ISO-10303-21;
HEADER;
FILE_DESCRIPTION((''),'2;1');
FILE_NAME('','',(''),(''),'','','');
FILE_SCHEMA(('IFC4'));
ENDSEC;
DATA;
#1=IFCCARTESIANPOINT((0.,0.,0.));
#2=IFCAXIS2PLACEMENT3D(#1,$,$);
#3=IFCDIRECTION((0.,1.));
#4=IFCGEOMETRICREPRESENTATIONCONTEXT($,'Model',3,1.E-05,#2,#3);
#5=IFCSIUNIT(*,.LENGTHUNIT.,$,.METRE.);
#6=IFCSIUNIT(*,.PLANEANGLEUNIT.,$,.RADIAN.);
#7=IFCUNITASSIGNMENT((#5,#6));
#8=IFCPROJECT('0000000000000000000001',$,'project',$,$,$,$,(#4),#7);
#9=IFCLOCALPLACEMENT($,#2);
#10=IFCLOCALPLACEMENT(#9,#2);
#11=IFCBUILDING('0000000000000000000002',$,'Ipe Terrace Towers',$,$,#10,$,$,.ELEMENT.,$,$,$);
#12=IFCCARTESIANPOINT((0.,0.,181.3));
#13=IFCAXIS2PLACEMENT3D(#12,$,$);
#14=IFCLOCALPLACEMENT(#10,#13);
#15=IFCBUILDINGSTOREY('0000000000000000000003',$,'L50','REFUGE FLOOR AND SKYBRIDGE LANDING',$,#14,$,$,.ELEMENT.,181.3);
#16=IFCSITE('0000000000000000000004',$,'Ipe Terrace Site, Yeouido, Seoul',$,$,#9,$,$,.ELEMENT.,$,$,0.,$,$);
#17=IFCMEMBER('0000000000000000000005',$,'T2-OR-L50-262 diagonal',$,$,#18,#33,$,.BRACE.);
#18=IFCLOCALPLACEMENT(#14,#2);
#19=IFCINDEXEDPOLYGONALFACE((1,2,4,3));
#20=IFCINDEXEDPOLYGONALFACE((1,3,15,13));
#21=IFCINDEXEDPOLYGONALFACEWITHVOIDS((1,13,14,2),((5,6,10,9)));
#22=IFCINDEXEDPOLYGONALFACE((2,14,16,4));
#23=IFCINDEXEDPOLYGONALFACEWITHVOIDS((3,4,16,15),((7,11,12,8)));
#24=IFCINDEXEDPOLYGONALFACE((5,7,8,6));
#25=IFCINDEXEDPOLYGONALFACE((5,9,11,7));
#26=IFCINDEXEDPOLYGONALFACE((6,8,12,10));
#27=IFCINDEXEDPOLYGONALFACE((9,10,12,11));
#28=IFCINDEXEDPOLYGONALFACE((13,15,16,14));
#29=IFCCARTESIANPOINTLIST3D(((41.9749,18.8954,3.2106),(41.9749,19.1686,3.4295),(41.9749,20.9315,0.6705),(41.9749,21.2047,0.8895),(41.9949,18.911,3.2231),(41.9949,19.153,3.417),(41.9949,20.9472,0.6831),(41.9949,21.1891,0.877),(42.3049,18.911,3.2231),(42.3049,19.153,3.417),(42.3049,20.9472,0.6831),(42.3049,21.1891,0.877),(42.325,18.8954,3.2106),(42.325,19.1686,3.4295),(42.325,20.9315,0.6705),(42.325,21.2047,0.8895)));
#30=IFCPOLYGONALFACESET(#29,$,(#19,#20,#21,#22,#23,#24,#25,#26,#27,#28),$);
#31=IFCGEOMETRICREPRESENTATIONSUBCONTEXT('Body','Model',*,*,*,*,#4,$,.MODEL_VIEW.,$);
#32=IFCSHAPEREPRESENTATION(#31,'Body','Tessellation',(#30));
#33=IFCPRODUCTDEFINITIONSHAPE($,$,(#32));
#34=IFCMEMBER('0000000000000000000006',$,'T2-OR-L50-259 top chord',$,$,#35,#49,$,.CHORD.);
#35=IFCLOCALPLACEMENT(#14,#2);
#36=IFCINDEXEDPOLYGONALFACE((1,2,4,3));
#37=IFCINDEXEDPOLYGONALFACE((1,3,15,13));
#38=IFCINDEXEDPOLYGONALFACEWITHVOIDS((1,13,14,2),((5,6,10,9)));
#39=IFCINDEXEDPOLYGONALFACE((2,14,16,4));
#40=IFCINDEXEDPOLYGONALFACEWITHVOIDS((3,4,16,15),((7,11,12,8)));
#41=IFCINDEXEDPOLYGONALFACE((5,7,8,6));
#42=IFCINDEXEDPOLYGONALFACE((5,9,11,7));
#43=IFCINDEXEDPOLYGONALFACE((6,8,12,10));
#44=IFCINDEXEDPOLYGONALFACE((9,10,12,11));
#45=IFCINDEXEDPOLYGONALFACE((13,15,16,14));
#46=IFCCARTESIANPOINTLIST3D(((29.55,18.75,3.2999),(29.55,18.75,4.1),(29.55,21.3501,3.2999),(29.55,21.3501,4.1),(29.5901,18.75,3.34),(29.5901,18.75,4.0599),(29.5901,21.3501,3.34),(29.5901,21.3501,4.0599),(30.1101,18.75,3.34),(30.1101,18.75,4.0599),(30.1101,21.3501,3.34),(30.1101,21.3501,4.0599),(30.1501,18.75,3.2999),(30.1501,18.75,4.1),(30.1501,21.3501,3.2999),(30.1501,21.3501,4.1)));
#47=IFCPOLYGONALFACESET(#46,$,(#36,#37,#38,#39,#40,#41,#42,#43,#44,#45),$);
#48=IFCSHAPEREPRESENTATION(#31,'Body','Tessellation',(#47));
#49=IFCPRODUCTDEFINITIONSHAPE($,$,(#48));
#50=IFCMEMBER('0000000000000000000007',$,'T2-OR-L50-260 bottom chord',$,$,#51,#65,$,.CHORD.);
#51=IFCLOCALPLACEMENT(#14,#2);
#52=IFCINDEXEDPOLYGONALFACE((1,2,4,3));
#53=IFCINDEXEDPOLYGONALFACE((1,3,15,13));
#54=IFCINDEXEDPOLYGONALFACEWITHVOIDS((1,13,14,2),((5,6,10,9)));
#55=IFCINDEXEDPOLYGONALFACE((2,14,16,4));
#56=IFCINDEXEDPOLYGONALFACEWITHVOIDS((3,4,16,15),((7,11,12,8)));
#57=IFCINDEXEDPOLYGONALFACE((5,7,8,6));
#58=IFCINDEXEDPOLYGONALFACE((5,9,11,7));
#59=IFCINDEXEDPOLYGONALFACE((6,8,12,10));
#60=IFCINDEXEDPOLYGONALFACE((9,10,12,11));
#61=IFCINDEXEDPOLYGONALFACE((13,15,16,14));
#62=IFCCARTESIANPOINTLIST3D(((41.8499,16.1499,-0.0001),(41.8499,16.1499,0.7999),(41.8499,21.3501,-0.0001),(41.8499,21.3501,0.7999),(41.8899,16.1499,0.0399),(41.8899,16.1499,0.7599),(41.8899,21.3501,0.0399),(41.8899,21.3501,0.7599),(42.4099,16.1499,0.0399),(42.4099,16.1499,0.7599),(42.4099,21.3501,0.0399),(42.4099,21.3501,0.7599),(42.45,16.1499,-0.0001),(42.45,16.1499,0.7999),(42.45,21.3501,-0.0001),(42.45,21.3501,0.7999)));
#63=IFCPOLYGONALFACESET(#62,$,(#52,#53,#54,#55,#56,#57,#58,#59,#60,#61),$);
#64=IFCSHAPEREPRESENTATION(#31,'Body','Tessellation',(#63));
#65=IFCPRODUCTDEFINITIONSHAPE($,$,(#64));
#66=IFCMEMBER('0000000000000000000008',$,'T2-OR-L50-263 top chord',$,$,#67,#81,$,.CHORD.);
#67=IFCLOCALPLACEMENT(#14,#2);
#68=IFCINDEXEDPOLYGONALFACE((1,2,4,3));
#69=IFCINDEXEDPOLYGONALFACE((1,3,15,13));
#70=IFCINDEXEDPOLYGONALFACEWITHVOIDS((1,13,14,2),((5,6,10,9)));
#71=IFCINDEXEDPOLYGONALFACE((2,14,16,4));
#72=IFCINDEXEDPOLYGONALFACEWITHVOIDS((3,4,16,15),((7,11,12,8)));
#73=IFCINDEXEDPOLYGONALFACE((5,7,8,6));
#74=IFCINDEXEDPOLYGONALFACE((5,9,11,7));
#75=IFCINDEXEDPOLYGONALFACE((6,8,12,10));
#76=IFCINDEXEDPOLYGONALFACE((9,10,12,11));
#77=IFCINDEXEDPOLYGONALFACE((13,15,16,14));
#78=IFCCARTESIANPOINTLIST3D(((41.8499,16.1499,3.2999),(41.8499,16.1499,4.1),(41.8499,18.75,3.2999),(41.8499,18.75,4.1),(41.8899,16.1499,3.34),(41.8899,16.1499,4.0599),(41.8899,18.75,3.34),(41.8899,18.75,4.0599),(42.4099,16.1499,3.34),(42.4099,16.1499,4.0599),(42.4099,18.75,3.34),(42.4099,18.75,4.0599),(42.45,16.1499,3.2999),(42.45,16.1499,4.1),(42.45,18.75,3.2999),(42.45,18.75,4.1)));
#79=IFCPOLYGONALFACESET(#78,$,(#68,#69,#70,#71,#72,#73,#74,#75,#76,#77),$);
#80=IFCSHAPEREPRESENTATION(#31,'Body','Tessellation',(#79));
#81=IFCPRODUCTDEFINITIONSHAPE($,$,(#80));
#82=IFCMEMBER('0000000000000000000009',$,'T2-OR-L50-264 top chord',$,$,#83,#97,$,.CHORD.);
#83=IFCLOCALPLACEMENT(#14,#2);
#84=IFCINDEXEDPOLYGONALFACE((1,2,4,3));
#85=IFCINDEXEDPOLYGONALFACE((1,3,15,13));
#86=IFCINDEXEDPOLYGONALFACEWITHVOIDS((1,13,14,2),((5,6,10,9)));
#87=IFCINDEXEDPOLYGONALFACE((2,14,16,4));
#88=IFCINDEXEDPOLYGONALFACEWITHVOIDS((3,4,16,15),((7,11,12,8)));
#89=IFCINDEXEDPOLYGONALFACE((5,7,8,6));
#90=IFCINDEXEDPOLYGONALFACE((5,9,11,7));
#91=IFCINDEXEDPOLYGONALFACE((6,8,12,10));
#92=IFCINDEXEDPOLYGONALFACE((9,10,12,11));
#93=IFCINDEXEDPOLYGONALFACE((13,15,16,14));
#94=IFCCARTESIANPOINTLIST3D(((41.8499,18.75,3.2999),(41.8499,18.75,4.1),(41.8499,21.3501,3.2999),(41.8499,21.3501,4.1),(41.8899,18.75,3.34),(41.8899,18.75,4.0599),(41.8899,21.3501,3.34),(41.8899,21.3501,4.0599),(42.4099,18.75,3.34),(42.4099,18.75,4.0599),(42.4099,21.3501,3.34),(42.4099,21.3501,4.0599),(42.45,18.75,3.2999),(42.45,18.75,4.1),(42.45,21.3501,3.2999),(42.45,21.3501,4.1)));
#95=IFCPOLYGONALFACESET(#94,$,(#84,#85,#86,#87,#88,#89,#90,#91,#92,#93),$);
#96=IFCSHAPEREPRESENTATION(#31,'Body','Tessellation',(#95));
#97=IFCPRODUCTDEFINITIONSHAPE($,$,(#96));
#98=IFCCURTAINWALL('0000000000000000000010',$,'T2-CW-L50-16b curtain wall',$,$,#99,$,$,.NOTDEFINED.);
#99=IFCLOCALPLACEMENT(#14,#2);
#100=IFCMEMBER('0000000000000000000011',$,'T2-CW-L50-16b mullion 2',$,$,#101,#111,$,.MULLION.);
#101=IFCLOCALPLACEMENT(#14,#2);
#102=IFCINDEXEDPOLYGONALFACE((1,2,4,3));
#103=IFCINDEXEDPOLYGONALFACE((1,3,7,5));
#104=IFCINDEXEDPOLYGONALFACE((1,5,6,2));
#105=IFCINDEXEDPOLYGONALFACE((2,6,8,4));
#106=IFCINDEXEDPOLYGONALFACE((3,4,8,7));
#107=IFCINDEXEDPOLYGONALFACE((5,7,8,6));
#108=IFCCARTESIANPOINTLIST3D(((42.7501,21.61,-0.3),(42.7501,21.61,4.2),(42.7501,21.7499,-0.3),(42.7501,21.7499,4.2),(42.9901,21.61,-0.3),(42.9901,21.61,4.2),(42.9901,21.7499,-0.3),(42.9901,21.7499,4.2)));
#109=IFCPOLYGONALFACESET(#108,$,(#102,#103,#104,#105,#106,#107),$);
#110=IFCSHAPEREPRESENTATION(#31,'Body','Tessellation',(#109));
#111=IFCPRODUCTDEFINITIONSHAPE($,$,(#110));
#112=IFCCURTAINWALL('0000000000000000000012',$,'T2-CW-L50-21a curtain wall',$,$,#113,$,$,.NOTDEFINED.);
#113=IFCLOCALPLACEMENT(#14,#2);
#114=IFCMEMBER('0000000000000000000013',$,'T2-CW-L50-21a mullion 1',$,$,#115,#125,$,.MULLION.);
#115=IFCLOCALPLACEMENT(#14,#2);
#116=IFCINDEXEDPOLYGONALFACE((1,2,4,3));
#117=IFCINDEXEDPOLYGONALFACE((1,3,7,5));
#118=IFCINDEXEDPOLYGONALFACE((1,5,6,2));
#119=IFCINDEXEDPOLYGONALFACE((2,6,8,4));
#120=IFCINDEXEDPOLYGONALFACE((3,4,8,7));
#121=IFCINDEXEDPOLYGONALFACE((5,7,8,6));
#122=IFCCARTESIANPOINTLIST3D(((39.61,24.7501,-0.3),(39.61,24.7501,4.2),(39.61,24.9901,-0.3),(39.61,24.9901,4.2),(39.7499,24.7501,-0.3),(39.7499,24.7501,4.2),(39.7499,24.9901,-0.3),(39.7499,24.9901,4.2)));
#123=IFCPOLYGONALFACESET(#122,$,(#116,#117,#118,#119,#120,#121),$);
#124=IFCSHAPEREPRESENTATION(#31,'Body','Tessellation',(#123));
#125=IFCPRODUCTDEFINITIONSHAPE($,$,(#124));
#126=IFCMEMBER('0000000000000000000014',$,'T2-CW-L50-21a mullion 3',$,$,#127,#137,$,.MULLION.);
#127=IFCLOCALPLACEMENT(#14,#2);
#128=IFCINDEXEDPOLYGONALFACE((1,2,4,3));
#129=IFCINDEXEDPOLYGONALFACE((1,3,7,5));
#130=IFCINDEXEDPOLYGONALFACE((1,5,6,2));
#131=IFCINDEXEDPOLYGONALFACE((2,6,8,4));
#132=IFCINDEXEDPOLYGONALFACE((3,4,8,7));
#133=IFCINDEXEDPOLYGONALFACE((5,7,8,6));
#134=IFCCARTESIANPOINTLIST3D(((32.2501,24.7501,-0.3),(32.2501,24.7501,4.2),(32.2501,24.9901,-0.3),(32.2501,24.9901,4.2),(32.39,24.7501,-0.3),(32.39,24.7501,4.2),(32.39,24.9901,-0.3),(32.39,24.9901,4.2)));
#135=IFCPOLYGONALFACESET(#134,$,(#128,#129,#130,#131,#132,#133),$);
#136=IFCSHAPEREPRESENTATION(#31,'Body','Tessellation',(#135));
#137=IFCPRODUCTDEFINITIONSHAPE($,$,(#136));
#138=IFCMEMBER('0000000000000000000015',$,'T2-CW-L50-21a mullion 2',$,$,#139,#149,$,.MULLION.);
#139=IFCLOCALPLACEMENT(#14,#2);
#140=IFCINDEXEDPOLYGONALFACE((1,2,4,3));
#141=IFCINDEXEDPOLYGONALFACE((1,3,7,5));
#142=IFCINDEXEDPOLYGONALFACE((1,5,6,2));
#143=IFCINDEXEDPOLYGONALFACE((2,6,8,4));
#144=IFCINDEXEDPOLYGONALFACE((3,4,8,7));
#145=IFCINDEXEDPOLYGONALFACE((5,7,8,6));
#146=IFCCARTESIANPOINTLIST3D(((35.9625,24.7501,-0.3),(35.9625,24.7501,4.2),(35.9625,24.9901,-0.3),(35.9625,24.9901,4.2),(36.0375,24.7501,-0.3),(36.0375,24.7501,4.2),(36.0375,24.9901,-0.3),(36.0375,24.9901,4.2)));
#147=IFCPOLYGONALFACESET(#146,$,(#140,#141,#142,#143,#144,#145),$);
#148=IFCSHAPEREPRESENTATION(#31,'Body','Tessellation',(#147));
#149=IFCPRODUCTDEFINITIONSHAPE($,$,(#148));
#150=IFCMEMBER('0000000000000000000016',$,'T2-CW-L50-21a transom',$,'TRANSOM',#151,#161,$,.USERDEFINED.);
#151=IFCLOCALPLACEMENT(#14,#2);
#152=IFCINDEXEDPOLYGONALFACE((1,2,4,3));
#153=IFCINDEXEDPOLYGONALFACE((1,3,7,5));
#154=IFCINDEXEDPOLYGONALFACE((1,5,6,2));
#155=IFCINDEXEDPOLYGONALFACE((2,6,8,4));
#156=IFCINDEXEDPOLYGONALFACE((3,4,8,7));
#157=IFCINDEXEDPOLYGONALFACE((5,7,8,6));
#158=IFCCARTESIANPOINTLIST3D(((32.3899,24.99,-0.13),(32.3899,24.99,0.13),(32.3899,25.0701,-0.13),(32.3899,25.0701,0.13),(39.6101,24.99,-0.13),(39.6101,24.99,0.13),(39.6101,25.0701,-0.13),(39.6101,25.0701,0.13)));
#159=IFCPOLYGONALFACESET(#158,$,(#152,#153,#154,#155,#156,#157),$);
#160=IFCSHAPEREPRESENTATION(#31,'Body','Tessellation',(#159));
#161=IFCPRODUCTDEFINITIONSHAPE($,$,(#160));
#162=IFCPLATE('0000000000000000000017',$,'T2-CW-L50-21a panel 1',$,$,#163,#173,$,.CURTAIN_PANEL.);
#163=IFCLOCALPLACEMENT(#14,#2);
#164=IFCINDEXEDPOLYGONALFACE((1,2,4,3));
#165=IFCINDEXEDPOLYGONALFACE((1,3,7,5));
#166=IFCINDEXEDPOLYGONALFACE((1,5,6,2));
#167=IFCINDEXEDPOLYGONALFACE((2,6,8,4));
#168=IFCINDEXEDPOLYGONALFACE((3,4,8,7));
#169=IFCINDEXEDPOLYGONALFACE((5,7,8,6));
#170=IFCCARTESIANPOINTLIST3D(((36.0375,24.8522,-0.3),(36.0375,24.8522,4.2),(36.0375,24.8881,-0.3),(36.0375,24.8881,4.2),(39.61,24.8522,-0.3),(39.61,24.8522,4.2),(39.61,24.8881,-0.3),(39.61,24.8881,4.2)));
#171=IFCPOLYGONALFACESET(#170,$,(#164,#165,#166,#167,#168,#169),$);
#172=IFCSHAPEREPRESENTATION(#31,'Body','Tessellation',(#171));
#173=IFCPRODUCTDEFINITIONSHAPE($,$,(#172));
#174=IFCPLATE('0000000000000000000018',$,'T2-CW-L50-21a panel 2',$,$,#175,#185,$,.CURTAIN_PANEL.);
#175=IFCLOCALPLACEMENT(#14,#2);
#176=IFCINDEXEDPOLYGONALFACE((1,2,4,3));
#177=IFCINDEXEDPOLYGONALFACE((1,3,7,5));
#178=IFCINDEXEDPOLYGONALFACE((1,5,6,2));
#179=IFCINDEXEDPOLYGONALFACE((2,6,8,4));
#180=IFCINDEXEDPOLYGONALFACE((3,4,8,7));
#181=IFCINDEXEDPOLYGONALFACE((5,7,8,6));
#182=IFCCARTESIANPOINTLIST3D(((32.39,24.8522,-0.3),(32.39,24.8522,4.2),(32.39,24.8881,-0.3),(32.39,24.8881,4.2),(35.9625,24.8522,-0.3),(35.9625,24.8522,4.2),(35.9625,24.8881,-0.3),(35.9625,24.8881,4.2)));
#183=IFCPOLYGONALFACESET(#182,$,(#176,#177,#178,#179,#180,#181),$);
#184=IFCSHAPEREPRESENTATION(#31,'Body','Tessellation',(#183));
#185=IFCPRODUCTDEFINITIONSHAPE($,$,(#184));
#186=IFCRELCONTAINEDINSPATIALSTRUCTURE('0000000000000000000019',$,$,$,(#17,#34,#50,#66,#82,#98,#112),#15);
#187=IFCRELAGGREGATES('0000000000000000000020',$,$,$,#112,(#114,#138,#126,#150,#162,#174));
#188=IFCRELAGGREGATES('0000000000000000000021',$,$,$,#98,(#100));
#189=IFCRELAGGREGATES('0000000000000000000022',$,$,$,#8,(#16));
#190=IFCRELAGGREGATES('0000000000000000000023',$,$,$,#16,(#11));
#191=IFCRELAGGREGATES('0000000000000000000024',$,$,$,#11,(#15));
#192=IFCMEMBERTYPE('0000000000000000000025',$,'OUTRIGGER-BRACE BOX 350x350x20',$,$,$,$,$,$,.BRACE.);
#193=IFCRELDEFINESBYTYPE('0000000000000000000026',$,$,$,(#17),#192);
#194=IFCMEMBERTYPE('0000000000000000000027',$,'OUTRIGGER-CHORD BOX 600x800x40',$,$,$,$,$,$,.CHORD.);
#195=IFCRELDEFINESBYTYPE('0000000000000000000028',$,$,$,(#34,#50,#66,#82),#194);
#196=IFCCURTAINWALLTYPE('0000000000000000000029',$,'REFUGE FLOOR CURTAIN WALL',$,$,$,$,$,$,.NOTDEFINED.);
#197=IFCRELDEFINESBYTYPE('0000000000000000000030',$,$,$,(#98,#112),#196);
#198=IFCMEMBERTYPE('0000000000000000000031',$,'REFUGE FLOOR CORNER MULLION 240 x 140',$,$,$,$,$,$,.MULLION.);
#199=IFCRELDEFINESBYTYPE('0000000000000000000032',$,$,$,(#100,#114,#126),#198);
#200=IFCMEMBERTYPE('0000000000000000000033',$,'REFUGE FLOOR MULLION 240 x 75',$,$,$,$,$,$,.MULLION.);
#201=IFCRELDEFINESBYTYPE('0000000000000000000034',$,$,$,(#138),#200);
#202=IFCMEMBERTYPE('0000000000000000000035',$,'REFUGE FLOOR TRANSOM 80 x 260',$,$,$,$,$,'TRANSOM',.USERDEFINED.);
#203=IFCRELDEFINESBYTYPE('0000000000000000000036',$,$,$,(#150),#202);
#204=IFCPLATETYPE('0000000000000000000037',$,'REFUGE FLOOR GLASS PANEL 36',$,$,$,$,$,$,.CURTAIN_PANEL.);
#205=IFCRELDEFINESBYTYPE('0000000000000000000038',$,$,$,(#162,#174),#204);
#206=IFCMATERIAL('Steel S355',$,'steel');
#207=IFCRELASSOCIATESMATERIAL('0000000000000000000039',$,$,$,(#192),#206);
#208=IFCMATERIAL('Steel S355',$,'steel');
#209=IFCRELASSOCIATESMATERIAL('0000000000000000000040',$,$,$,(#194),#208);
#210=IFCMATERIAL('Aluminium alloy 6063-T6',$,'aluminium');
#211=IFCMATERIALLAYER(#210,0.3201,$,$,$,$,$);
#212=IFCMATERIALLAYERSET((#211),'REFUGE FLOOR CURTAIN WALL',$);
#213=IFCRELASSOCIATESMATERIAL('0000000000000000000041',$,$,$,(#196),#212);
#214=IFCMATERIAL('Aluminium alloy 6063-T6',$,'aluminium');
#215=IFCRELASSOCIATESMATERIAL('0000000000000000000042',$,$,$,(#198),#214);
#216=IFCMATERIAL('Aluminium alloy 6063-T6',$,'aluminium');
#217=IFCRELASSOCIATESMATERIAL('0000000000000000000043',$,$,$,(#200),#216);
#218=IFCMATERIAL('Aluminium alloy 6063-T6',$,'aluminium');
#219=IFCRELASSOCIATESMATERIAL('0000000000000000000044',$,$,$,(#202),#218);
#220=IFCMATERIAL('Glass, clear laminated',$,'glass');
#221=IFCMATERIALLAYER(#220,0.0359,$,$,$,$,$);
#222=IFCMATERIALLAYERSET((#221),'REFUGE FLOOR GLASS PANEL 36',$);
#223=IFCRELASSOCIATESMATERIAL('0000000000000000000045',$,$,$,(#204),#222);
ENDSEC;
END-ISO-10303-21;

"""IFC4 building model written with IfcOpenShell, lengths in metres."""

from ifc_helpers import new_model, si_unit, direction, frame, origin, origin_2d, place, context, subcontext, project, spatial, rectangle, hollow_rectangle, extrude, material, layer, layer_set, material_profile, profile_set, type_object, element, aggregate, save


model = new_model("IFC4")

# Units and contexts
model_context = context("Model", 3, precision=1e-05, world=origin(), true_north=direction((0.0, 1.0)))
body_context = subcontext(model_context, "Body", "Model", "MODEL_VIEW")
ifc_project = project(units=[si_unit("LENGTHUNIT", "METRE"), si_unit("PLANEANGLEUNIT", "RADIAN")], contexts=[model_context])

# Site, building, storey
site_placement = place(None, origin())
site = spatial("IfcSite", under=ifc_project, at=site_placement, Name="Ipe Terrace Site, Yeouido, Seoul", CompositionType="ELEMENT", RefElevation=0.0)
building_placement = place(site_placement, origin())
building = spatial("IfcBuilding", under=site, at=building_placement, Name="Ipe Terrace Towers", CompositionType="ELEMENT")
storey_placement = place(building_placement, frame((0.0, 0.0, 181.3)))
storey = spatial("IfcBuildingStorey", under=building, at=storey_placement, Name="L50", Description="REFUGE FLOOR AND SKYBRIDGE LANDING", CompositionType="ELEMENT", Elevation=181.3)

# Members
ifc_material_1 = material(Name="Steel S355", Category="steel")
ifc_material_profile_1 = material_profile(ifc_material_1, hollow_rectangle(XDim=0.3501, YDim=0.3501, WallThickness=0.02, at=origin_2d()), Name="OUTRIGGER-BRACE BOX 350x350x20")
ifc_profile_set_1 = profile_set([ifc_material_profile_1], Name="Steel S355")
member_type_1 = type_object("IfcMemberType", Name="OUTRIGGER-BRACE BOX 350x350x20", PredefinedType="BRACE", material=ifc_profile_set_1)
for number, where, z_axis, x_axis, name in (
    (1, (42.1499, 21.0681, 0.78), (0.0, -0.625463, 0.780254), (1.0, 0.0, 0.0), "T2-OR-L50-262 diagonal"),
):
    element("IfcMember", number, at=place(storey_placement, frame(where, z_axis=z_axis, x_axis=x_axis)), inside=storey, type_object=member_type_1, Name=name, PredefinedType="BRACE", context=body_context, shape_type="SweptSolid", body=[
        extrude(hollow_rectangle(XDim=0.3501, YDim=0.3501, WallThickness=0.02, at=origin_2d()), origin(), (0.0, 0.0, 1.0), 3.2554),
    ])
ifc_material_2 = material(Name="Steel S355", Category="steel")
ifc_material_profile_2 = material_profile(ifc_material_2, hollow_rectangle(XDim=0.6001, YDim=0.8, WallThickness=0.04, at=origin_2d()), Name="OUTRIGGER-CHORD BOX 600x800x40")
ifc_profile_set_2 = profile_set([ifc_material_profile_2], Name="Steel S355")
member_type_2 = type_object("IfcMemberType", Name="OUTRIGGER-CHORD BOX 600x800x40", PredefinedType="CHORD", material=ifc_profile_set_2)
member_1_placement = place(storey_placement, frame((29.8501, 18.75, 3.7), z_axis=(0.0, 1.0, 0.0), x_axis=(-1.0, 0.0, 0.0)))
element("IfcMember", 2, at=member_1_placement, inside=storey, type_object=member_type_2, Name="T2-OR-L50-259 top chord", PredefinedType="CHORD", context=body_context, shape_type="SweptSolid", body=[
    extrude(hollow_rectangle(XDim=0.6001, YDim=0.8, WallThickness=0.04, at=origin_2d()), origin(), (0.0, 0.0, 1.0), 2.6001),
])
member_2_placement = place(storey_placement, frame((42.1499, 16.1499, 0.3999), z_axis=(0.0, 1.0, 0.0), x_axis=(-1.0, 0.0, 0.0)))
element("IfcMember", 3, at=member_2_placement, inside=storey, type_object=member_type_2, Name="T2-OR-L50-260 bottom chord", PredefinedType="CHORD", context=body_context, shape_type="SweptSolid", body=[
    extrude(hollow_rectangle(XDim=0.6001, YDim=0.8, WallThickness=0.04, at=origin_2d()), origin(), (0.0, 0.0, 1.0), 5.2002),
])
for number, where, z_axis, x_axis, name in (
    (4, (42.1499, 16.1499, 3.7), (0.0, 1.0, 0.0), (-1.0, 0.0, 0.0), "T2-OR-L50-263 top chord"),
    (5, (42.1499, 18.75, 3.7), (0.0, 1.0, 0.0), (-1.0, 0.0, 0.0), "T2-OR-L50-264 top chord"),
):
    element("IfcMember", number, at=place(storey_placement, frame(where, z_axis=z_axis, x_axis=x_axis)), inside=storey, type_object=member_type_2, Name=name, PredefinedType="CHORD", context=body_context, shape_type="SweptSolid", body=[
        extrude(hollow_rectangle(XDim=0.6001, YDim=0.8, WallThickness=0.04, at=origin_2d()), origin(), (0.0, 0.0, 1.0), 2.6001),
    ])

# Curtain wall, member
ifc_material_3 = material(Name="Aluminium alloy 6063-T6", Category="aluminium")
ifc_layer_1 = layer(ifc_material_3, 0.3201)
ifc_layer_set_1 = layer_set([ifc_layer_1], Name="REFUGE FLOOR CURTAIN WALL")
curtain_wall_type = type_object("IfcCurtainWallType", Name="REFUGE FLOOR CURTAIN WALL", PredefinedType="NOTDEFINED", material=ifc_layer_set_1)
curtain_wall_1_placement = place(storey_placement, origin())
curtain_wall_1 = element("IfcCurtainWall", 6, at=curtain_wall_1_placement, inside=storey, type_object=curtain_wall_type, Name="T2-CW-L50-16b curtain wall", PredefinedType="NOTDEFINED")
ifc_material_4 = material(Name="Aluminium alloy 6063-T6", Category="aluminium")
ifc_material_profile_3 = material_profile(ifc_material_4, rectangle(XDim=0.24, YDim=0.1399, at=origin_2d()), Name="REFUGE FLOOR CORNER MULLION 240 x 140")
ifc_profile_set_3 = profile_set([ifc_material_profile_3], Name="Aluminium alloy 6063-T6")
member_type_3 = type_object("IfcMemberType", Name="REFUGE FLOOR CORNER MULLION 240 x 140", PredefinedType="MULLION", material=ifc_profile_set_3)
member_3_placement = place(storey_placement, frame((42.8701, 21.6799, -0.3), z_axis=(0.0, 0.0, 1.0), x_axis=(1.0, 0.0, 0.0)))
member_3 = element("IfcMember", 7, at=member_3_placement, type_object=member_type_3, Name="T2-CW-L50-16b mullion 2", PredefinedType="MULLION", context=body_context, shape_type="SweptSolid", body=[
    extrude(rectangle(XDim=0.24, YDim=0.1399, at=origin_2d()), origin(), (0.0, 0.0, 1.0), 4.5),
])

# Curtain wall, members, plates
curtain_wall_2_placement = place(storey_placement, origin())
curtain_wall_2 = element("IfcCurtainWall", 8, at=curtain_wall_2_placement, inside=storey, type_object=curtain_wall_type, Name="T2-CW-L50-21a curtain wall", PredefinedType="NOTDEFINED")
member_4_placement = place(storey_placement, frame((39.6799, 24.8701, -0.3), z_axis=(0.0, 0.0, 1.0), x_axis=(0.0, 1.0, 0.0)))
member_4 = element("IfcMember", 9, at=member_4_placement, type_object=member_type_3, Name="T2-CW-L50-21a mullion 1", PredefinedType="MULLION", context=body_context, shape_type="SweptSolid", body=[
    extrude(rectangle(XDim=0.24, YDim=0.1399, at=origin_2d()), origin(), (0.0, 0.0, 1.0), 4.5),
])
member_5_placement = place(storey_placement, frame((32.3201, 24.8701, -0.3), z_axis=(0.0, 0.0, 1.0), x_axis=(0.0, 1.0, 0.0)))
member_5 = element("IfcMember", 10, at=member_5_placement, type_object=member_type_3, Name="T2-CW-L50-21a mullion 3", PredefinedType="MULLION", context=body_context, shape_type="SweptSolid", body=[
    extrude(rectangle(XDim=0.24, YDim=0.1399, at=origin_2d()), origin(), (0.0, 0.0, 1.0), 4.5),
])
ifc_material_5 = material(Name="Aluminium alloy 6063-T6", Category="aluminium")
ifc_material_profile_4 = material_profile(ifc_material_5, rectangle(XDim=0.24, YDim=0.075, at=origin_2d()), Name="REFUGE FLOOR MULLION 240 x 75")
ifc_profile_set_4 = profile_set([ifc_material_profile_4], Name="Aluminium alloy 6063-T6")
member_type_4 = type_object("IfcMemberType", Name="REFUGE FLOOR MULLION 240 x 75", PredefinedType="MULLION", material=ifc_profile_set_4)
member_6_placement = place(storey_placement, frame((36.0, 24.8701, -0.3), z_axis=(0.0, 0.0, 1.0), x_axis=(0.0, 1.0, 0.0)))
member_6 = element("IfcMember", 11, at=member_6_placement, type_object=member_type_4, Name="T2-CW-L50-21a mullion 2", PredefinedType="MULLION", context=body_context, shape_type="SweptSolid", body=[
    extrude(rectangle(XDim=0.24, YDim=0.075, at=origin_2d()), origin(), (0.0, 0.0, 1.0), 4.5),
])
ifc_material_6 = material(Name="Aluminium alloy 6063-T6", Category="aluminium")
ifc_material_profile_5 = material_profile(ifc_material_6, rectangle(XDim=0.0801, YDim=0.26, at=origin_2d()), Name="REFUGE FLOOR TRANSOM 80 x 260")
ifc_profile_set_5 = profile_set([ifc_material_profile_5], Name="Aluminium alloy 6063-T6")
member_type_5 = type_object("IfcMemberType", Name="REFUGE FLOOR TRANSOM 80 x 260", ElementType="TRANSOM", PredefinedType="USERDEFINED", material=ifc_profile_set_5)
member_7_placement = place(storey_placement, frame((39.6101, 25.03, 0.0), z_axis=(-1.0, 0.0, 0.0), x_axis=(0.0, 1.0, 0.0)))
member_7 = element("IfcMember", 12, at=member_7_placement, type_object=member_type_5, Name="T2-CW-L50-21a transom", ObjectType="TRANSOM", PredefinedType="USERDEFINED", context=body_context, shape_type="SweptSolid", body=[
    extrude(rectangle(XDim=0.0801, YDim=0.26, at=origin_2d()), origin(), (0.0, 0.0, 1.0), 7.2202),
])
ifc_material_7 = material(Name="Glass, clear laminated", Category="glass")
ifc_layer_2 = layer(ifc_material_7, 0.0359)
ifc_layer_set_2 = layer_set([ifc_layer_2], Name="REFUGE FLOOR GLASS PANEL 36")
plate_type_1 = type_object("IfcPlateType", Name="REFUGE FLOOR GLASS PANEL 36", PredefinedType="CURTAIN_PANEL", material=ifc_layer_set_2)
plate_1_placement = place(storey_placement, frame((37.8237, 24.8701, -0.3), z_axis=(0.0, 0.0, 1.0), x_axis=(-1.0, 0.0, 0.0)))
plate_1 = element("IfcPlate", 13, at=plate_1_placement, type_object=plate_type_1, Name="T2-CW-L50-21a panel 1", PredefinedType="CURTAIN_PANEL", context=body_context, shape_type="SweptSolid", body=[
    extrude(rectangle(XDim=3.5725, YDim=0.0359, at=origin_2d()), origin(), (0.0, 0.0, 1.0), 4.5),
])
plate_2_placement = place(storey_placement, frame((34.1763, 24.8701, -0.3), z_axis=(0.0, 0.0, 1.0), x_axis=(-1.0, 0.0, 0.0)))
plate_2 = element("IfcPlate", 14, at=plate_2_placement, type_object=plate_type_1, Name="T2-CW-L50-21a panel 2", PredefinedType="CURTAIN_PANEL", context=body_context, shape_type="SweptSolid", body=[
    extrude(rectangle(XDim=3.5725, YDim=0.0359, at=origin_2d()), origin(), (0.0, 0.0, 1.0), 4.5),
])
aggregate(curtain_wall_2, [member_4, member_6, member_5, member_7, plate_1, plate_2])

aggregate(curtain_wall_1, [member_3])

save(model, "model.ifc")
